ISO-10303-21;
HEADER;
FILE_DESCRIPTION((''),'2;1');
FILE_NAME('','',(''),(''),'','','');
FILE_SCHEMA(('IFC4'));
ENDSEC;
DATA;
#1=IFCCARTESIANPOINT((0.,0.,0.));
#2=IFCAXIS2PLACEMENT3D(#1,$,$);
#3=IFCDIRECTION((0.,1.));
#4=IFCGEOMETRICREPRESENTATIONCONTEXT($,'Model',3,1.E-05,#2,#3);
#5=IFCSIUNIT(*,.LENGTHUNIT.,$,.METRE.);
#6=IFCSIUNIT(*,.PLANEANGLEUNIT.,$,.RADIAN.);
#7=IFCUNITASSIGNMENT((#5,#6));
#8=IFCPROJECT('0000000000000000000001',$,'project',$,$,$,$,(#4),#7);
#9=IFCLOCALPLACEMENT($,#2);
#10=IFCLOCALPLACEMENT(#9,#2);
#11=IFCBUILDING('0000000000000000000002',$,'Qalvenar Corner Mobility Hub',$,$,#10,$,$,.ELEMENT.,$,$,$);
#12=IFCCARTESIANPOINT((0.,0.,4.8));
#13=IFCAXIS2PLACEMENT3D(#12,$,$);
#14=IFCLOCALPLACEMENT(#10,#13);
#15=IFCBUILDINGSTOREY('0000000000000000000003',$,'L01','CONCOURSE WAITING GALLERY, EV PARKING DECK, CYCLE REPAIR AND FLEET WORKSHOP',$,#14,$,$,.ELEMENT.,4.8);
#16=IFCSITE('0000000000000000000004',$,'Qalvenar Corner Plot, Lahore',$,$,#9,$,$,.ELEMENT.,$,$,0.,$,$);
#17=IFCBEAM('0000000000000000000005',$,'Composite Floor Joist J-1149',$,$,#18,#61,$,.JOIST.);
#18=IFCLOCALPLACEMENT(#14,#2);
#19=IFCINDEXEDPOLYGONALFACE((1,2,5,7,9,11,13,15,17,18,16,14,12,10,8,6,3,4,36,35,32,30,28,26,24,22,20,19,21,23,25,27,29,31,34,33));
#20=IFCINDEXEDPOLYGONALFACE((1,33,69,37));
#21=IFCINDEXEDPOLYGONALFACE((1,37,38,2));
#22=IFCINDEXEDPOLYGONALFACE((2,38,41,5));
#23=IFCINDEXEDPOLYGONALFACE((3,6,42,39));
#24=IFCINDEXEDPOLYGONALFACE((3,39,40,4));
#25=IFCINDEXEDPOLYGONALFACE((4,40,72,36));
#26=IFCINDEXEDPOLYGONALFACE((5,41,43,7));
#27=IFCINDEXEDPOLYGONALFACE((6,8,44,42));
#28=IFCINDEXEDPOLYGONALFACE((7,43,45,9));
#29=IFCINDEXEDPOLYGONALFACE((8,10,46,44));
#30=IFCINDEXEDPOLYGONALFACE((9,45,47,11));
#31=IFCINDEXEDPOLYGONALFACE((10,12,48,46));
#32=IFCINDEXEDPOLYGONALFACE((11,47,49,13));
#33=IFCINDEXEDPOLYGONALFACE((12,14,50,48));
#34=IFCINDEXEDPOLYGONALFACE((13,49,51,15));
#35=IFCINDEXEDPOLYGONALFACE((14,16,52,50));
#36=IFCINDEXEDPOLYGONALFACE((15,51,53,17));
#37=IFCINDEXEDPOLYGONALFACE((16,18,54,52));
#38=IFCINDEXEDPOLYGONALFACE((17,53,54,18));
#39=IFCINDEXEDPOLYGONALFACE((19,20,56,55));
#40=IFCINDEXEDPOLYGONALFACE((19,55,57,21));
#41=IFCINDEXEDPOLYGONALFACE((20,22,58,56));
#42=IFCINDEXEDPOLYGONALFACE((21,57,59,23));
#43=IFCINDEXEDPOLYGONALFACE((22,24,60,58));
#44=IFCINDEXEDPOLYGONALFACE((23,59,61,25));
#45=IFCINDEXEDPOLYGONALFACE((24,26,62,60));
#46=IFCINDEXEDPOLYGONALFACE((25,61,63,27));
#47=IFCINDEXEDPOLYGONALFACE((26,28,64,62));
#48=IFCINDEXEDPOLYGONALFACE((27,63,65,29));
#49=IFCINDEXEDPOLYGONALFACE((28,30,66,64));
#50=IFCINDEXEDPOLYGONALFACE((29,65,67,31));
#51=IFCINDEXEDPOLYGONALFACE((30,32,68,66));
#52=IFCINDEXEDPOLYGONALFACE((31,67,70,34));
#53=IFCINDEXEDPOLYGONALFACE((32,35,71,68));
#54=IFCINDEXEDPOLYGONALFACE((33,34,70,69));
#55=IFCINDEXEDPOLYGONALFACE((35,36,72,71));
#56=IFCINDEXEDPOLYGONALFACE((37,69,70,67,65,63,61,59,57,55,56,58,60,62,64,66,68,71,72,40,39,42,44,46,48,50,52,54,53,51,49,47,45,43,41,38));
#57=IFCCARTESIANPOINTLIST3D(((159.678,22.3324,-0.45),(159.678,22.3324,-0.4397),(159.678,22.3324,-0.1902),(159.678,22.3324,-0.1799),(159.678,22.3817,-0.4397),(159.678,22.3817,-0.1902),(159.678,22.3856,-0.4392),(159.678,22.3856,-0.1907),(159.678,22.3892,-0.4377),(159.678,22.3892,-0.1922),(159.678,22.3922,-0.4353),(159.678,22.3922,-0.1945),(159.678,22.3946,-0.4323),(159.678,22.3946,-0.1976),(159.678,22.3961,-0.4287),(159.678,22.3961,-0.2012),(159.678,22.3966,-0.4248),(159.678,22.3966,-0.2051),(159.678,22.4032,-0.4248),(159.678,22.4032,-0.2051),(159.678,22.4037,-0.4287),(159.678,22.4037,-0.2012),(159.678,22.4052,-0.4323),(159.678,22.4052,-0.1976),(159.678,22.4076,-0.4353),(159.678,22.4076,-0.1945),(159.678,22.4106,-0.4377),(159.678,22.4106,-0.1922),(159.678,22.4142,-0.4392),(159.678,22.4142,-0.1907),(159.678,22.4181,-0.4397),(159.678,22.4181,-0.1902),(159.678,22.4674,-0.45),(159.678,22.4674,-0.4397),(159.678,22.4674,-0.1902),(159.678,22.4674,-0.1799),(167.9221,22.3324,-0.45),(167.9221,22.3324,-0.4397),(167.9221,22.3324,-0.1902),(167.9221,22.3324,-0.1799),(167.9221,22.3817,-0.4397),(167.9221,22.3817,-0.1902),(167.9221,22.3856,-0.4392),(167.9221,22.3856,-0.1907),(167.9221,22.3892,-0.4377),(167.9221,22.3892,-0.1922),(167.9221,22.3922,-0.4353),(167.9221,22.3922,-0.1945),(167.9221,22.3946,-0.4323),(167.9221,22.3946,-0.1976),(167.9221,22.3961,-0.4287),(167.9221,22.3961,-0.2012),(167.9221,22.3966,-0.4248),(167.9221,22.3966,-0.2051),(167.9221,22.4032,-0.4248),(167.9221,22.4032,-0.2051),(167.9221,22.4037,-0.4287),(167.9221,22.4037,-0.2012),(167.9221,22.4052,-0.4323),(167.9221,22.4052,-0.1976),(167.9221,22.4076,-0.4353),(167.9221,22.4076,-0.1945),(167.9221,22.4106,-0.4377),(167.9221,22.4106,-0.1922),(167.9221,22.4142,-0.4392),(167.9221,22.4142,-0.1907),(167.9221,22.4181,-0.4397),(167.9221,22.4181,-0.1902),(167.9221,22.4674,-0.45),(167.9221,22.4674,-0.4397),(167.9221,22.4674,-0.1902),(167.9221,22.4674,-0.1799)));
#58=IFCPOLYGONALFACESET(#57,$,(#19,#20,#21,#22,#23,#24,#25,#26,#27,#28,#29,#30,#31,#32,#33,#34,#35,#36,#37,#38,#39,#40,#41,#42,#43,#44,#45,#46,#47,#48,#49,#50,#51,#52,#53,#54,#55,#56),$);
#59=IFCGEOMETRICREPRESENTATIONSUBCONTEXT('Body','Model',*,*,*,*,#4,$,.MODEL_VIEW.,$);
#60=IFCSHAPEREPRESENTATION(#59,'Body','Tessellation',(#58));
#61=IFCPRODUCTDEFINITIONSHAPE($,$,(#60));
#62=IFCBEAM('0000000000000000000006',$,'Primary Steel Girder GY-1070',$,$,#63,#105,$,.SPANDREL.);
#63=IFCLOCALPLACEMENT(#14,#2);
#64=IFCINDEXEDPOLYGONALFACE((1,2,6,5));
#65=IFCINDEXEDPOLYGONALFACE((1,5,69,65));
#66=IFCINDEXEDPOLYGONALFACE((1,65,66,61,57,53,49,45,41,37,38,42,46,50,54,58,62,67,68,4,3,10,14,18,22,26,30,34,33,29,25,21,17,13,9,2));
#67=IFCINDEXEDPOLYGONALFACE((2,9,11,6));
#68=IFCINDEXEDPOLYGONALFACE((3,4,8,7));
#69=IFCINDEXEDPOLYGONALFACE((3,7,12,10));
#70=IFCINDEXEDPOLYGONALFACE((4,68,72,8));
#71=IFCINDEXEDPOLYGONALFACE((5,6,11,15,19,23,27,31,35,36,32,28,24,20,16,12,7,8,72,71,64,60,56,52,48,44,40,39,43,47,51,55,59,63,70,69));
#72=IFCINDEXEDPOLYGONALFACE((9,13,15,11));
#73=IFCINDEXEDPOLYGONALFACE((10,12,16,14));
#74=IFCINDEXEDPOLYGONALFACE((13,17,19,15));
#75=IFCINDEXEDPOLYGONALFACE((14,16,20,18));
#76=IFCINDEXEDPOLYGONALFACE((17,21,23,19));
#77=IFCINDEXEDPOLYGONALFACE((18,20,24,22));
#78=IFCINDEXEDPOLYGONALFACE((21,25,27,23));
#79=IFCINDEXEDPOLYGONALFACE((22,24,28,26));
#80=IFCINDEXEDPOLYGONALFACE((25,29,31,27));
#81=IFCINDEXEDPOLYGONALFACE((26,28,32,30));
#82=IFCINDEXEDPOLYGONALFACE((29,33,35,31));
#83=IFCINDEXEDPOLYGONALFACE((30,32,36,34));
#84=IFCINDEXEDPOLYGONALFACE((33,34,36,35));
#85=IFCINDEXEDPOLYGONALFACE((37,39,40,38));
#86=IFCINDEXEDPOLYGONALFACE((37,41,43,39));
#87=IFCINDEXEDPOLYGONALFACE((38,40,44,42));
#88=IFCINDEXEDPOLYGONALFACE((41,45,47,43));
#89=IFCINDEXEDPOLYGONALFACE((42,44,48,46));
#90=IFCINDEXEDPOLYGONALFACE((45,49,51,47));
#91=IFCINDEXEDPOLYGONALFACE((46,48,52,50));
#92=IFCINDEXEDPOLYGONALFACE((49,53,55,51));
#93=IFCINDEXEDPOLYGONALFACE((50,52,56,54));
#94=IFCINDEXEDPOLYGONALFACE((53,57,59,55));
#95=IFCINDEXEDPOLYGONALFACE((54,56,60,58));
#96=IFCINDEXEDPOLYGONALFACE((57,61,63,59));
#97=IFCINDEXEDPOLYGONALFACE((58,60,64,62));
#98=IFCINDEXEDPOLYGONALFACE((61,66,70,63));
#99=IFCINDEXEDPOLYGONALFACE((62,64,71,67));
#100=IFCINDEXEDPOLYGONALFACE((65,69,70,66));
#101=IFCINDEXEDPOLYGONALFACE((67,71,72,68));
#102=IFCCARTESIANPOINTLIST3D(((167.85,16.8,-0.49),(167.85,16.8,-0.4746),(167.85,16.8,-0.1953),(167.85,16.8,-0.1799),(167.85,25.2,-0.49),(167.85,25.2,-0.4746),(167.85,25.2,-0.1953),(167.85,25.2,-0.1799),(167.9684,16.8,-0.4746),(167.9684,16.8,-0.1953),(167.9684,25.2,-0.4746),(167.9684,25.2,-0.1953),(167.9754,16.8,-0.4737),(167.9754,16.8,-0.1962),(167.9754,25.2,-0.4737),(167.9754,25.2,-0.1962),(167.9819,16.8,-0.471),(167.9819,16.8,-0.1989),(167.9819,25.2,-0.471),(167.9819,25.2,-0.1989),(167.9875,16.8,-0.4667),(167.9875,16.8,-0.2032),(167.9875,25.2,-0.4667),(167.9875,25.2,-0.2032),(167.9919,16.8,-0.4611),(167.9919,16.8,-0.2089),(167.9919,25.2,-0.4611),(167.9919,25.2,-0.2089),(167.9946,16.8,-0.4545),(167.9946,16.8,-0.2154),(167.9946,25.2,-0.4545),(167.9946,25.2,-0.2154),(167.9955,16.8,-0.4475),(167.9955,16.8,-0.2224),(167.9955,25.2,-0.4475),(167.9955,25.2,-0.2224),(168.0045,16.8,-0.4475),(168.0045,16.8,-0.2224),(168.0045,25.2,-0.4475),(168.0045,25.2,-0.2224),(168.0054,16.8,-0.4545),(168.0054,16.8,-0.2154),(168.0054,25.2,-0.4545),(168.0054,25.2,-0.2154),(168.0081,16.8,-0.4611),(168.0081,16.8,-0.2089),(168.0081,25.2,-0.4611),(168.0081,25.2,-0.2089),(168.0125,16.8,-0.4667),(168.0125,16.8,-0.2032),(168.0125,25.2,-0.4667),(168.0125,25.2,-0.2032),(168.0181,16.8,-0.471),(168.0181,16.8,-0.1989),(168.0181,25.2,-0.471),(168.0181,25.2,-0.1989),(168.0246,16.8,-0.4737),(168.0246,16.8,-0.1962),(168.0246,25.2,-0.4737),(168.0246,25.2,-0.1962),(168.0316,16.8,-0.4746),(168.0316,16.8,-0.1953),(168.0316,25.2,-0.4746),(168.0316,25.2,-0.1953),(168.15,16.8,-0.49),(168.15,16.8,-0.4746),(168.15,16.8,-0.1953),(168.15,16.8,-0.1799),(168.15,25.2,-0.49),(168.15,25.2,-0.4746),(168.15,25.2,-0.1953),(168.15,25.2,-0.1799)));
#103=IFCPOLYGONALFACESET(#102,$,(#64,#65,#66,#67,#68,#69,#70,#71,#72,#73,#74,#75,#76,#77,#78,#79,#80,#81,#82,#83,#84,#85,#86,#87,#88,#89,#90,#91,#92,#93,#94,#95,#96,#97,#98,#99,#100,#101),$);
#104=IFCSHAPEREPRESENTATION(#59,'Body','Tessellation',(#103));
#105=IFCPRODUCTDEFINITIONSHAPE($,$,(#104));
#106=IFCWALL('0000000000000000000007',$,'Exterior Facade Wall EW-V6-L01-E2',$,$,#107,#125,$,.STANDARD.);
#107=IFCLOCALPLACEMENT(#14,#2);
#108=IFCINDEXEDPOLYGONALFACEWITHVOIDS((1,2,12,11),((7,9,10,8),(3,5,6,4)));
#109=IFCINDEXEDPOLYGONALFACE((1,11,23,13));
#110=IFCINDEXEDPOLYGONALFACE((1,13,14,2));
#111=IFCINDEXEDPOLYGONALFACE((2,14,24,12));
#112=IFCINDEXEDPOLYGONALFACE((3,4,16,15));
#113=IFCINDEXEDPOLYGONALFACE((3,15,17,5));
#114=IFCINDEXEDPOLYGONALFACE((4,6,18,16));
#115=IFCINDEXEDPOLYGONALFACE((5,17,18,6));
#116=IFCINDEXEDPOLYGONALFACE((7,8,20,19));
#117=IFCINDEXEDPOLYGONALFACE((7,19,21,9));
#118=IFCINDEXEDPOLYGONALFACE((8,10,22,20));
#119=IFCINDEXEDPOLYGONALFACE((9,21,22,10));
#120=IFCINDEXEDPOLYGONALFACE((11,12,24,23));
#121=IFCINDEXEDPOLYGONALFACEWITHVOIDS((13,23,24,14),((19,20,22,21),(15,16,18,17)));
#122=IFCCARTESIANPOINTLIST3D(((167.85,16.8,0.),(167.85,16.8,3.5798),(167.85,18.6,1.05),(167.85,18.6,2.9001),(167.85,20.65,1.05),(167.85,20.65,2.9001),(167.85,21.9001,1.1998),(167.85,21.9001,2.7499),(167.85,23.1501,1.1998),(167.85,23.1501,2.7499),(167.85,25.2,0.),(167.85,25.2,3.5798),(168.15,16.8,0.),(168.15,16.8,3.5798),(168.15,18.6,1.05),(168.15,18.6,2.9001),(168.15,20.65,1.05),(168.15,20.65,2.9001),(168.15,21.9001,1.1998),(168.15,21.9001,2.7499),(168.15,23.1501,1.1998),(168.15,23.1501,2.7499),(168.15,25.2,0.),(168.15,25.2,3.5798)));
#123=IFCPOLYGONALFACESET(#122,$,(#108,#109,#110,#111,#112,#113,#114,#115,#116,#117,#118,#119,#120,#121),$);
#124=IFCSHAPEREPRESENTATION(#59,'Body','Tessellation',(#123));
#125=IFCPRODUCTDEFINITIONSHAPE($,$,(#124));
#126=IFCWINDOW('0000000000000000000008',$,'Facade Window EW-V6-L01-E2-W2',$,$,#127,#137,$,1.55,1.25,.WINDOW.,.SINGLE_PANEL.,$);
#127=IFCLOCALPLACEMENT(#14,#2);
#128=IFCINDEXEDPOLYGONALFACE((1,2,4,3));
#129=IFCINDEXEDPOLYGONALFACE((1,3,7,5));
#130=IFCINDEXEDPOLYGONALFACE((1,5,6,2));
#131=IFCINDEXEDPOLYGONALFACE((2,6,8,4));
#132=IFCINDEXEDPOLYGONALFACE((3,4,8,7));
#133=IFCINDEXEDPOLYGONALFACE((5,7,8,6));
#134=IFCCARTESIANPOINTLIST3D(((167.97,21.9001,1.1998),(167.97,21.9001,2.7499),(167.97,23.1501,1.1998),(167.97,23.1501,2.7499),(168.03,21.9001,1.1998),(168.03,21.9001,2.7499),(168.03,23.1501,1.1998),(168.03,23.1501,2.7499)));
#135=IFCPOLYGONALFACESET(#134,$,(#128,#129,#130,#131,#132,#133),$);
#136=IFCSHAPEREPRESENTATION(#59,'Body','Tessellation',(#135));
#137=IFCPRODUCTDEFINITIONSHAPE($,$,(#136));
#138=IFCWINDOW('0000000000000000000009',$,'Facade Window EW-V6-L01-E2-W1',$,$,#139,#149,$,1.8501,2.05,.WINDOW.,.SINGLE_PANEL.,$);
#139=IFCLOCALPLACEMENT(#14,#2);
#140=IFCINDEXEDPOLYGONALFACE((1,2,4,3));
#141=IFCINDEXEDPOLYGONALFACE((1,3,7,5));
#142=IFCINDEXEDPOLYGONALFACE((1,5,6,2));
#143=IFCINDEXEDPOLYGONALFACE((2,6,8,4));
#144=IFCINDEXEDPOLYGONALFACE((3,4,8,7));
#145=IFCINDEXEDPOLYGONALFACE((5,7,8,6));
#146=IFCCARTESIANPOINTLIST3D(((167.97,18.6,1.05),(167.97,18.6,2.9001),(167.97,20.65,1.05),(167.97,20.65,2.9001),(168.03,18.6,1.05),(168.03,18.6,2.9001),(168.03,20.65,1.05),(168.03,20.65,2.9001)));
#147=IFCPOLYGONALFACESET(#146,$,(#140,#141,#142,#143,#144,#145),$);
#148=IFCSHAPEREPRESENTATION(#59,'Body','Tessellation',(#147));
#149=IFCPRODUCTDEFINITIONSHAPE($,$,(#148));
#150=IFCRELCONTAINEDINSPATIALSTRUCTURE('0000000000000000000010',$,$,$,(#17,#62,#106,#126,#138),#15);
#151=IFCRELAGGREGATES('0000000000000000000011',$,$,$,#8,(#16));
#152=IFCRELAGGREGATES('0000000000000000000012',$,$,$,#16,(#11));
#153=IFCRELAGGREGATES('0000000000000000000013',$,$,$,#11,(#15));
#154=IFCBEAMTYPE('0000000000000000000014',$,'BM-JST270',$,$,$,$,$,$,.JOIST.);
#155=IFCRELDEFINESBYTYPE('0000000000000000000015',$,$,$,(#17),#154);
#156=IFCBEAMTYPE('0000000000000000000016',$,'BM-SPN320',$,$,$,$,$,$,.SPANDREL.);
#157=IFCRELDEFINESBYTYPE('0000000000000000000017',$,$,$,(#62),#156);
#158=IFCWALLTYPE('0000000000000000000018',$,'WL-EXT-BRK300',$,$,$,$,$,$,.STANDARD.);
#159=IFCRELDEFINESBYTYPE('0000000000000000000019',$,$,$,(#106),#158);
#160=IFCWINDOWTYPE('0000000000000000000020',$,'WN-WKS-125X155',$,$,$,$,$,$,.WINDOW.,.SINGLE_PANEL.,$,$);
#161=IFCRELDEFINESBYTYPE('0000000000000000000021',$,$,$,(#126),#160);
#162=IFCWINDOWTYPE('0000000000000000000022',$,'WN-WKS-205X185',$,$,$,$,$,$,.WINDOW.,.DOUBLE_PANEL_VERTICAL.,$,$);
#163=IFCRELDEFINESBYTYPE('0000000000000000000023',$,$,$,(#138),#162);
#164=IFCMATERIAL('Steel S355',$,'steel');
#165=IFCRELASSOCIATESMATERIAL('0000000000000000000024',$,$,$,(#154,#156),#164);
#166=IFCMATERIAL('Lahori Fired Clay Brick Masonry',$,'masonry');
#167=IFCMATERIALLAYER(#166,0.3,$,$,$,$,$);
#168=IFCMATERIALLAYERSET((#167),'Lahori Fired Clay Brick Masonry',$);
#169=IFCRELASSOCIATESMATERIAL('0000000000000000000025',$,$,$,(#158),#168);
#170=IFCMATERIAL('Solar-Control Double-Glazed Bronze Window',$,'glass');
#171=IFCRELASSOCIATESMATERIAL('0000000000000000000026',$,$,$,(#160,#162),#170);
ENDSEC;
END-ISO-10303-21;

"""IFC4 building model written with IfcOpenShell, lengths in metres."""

from ifc_helpers import new_model, si_unit, direction, frame, frame_2d, origin, origin_2d, place, context, subcontext, project, spatial, rectangle, i_section, extrude, material, layer, layer_set, material_profile, profile_set, type_object, element, fill, save


model = new_model("IFC4")

# Units and contexts
model_context = context("Model", 3, precision=1e-05, world=origin(), true_north=direction((0.0, 1.0)))
body_context = subcontext(model_context, "Body", "Model", "MODEL_VIEW")
ifc_project = project(units=[si_unit("LENGTHUNIT", "METRE"), si_unit("PLANEANGLEUNIT", "RADIAN")], contexts=[model_context])

# Site, building, storey
site_placement = place(None, origin())
site = spatial("IfcSite", under=ifc_project, at=site_placement, Name="Qalvenar Corner Plot, Lahore", CompositionType="ELEMENT", RefElevation=0.0)
building_placement = place(site_placement, origin())
building = spatial("IfcBuilding", under=site, at=building_placement, Name="Qalvenar Corner Mobility Hub", CompositionType="ELEMENT")
storey_placement = place(building_placement, frame((0.0, 0.0, 4.8)))
storey = spatial("IfcBuildingStorey", under=building, at=storey_placement, Name="L01", Description="CONCOURSE WAITING GALLERY, EV PARKING DECK, CYCLE REPAIR AND FLEET WORKSHOP", CompositionType="ELEMENT", Elevation=4.8)

# Shared definitions
ifc_material_1 = material(Name="Steel S355", Category="steel")

# Beams
ifc_material_profile_1 = material_profile(ifc_material_1, i_section(OverallWidth=0.135, OverallDepth=0.27, WebThickness=0.0066, FlangeThickness=0.0103, FilletRadius=0.0149, at=origin_2d()), Name="IPE270")
ifc_profile_set_1 = profile_set([ifc_material_profile_1], Name="Steel S355")
beam_type_1 = type_object("IfcBeamType", Name="BM-JST270", PredefinedType="JOIST", material=ifc_profile_set_1)
for number, where, z_axis, x_axis, name in (
    (1, (159.678, 22.3999, -0.3149), (1.0, 0.0, 0.0), (0.0, 1.0, 0.0), "Composite Floor Joist J-1149"),
):
    element("IfcBeam", number, at=place(storey_placement, frame(where, z_axis=z_axis, x_axis=x_axis)), inside=storey, type_object=beam_type_1, Name=name, PredefinedType="JOIST", context=body_context, shape_type="SweptSolid", body=[
        extrude(i_section(OverallWidth=0.135, OverallDepth=0.27, WebThickness=0.0066, FlangeThickness=0.0103, FilletRadius=0.0149, at=origin_2d()), origin(), (0.0, 0.0, 1.0), 8.2441),
    ])
ifc_material_profile_2 = material_profile(ifc_material_1, i_section(OverallWidth=0.3, OverallDepth=0.3101, WebThickness=0.009, FlangeThickness=0.0154, FilletRadius=0.0271, at=origin_2d()), Name="HEA320")
ifc_profile_set_2 = profile_set([ifc_material_profile_2], Name="Steel S355")
beam_type_2 = type_object("IfcBeamType", Name="BM-SPN320", PredefinedType="SPANDREL", material=ifc_profile_set_2)
beam_1_placement = place(storey_placement, frame((168.0, 16.8, -0.335), z_axis=(0.0, 1.0, 0.0), x_axis=(-1.0, 0.0, 0.0)))
element("IfcBeam", 2, at=beam_1_placement, inside=storey, type_object=beam_type_2, Name="Primary Steel Girder GY-1070", PredefinedType="SPANDREL", context=body_context, shape_type="SweptSolid", body=[
    extrude(i_section(OverallWidth=0.3, OverallDepth=0.3101, WebThickness=0.009, FlangeThickness=0.0154, FilletRadius=0.0271, at=origin_2d()), origin(), (0.0, 0.0, 1.0), 8.3999),
])

# Wall, openings, windows
ifc_material_2 = material(Name="Lahori Fired Clay Brick Masonry", Category="masonry")
ifc_layer = layer(ifc_material_2, 0.3)
ifc_layer_set = layer_set([ifc_layer], Name="Lahori Fired Clay Brick Masonry")
wall_type = type_object("IfcWallType", Name="WL-EXT-BRK300", PredefinedType="STANDARD", material=ifc_layer_set)
wall_placement = place(storey_placement, frame((168.0, 16.8, 0.0), z_axis=(0.0, 0.0, 1.0), x_axis=(0.0, 1.0, 0.0)))
wall = element("IfcWall", 3, at=wall_placement, inside=storey, type_object=wall_type, Name="Exterior Facade Wall EW-V6-L01-E2", PredefinedType="STANDARD", context=body_context, shape_type="SweptSolid", body=[
    extrude(rectangle(XDim=8.3999, YDim=0.3, at=frame_2d((4.2, 0.0))), origin(), (0.0, 0.0, 1.0), 3.5798),
])
opening_1_placement = place(wall_placement, frame((1.8, 0.0, 1.05)))
opening_1 = element("IfcOpeningElement", 4, at=opening_1_placement, cuts=wall, PredefinedType="OPENING", context=body_context, shape_type="SweptSolid", body=[
    extrude(rectangle(XDim=2.05, YDim=1.8501, at=frame_2d((1.0249, 0.925))), frame((0.0, 0.1602, 0.0), z_axis=(0.0, -1.0, 0.0), x_axis=(1.0, 0.0, 0.0)), (0.0, 0.0, 1.0), 0.3201),
])
opening_2_placement = place(wall_placement, frame((5.1001, 0.0, 1.2)))
opening_2 = element("IfcOpeningElement", 5, at=opening_2_placement, cuts=wall, PredefinedType="OPENING", context=body_context, shape_type="SweptSolid", body=[
    extrude(rectangle(XDim=1.25, YDim=1.55, at=frame_2d((0.625, 0.7749))), frame((0.0, 0.1602, 0.0), z_axis=(0.0, -1.0, 0.0), x_axis=(1.0, 0.0, 0.0)), (0.0, 0.0, 1.0), 0.3201),
])
ifc_material_3 = material(Name="Solar-Control Double-Glazed Bronze Window", Category="glass")
window_type_1 = type_object("IfcWindowType", Name="WN-WKS-125X155", PartitioningType="SINGLE_PANEL", PredefinedType="WINDOW", material=ifc_material_3)
window_1_placement = place(opening_2_placement, origin())
window_1 = element("IfcWindow", 6, at=window_1_placement, inside=storey, type_object=window_type_1, Name="Facade Window EW-V6-L01-E2-W2", OverallHeight=1.55, OverallWidth=1.25, PartitioningType="SINGLE_PANEL", PredefinedType="WINDOW", context=body_context, shape_type="SweptSolid", body=[
    extrude(rectangle(XDim=1.25, YDim=1.55, at=frame_2d((0.625, 0.7749))), frame((0.0, 0.03, 0.0), z_axis=(0.0, -1.0, 0.0), x_axis=(1.0, 0.0, 0.0)), (0.0, 0.0, 1.0), 0.0601),
])
fill(opening_2, window_1)
window_type_2 = type_object("IfcWindowType", Name="WN-WKS-205X185", PartitioningType="DOUBLE_PANEL_VERTICAL", PredefinedType="WINDOW", material=ifc_material_3)
window_2_placement = place(opening_1_placement, origin())
window_2 = element("IfcWindow", 7, at=window_2_placement, inside=storey, type_object=window_type_2, Name="Facade Window EW-V6-L01-E2-W1", OverallHeight=1.8501, OverallWidth=2.05, PartitioningType="SINGLE_PANEL", PredefinedType="WINDOW", context=body_context, shape_type="SweptSolid", body=[
    extrude(rectangle(XDim=2.05, YDim=1.8501, at=frame_2d((1.0249, 0.925))), frame((0.0, 0.03, 0.0), z_axis=(0.0, -1.0, 0.0), x_axis=(1.0, 0.0, 0.0)), (0.0, 0.0, 1.0), 0.0601),
])
fill(opening_1, window_2)

save(model, "model.ifc")
